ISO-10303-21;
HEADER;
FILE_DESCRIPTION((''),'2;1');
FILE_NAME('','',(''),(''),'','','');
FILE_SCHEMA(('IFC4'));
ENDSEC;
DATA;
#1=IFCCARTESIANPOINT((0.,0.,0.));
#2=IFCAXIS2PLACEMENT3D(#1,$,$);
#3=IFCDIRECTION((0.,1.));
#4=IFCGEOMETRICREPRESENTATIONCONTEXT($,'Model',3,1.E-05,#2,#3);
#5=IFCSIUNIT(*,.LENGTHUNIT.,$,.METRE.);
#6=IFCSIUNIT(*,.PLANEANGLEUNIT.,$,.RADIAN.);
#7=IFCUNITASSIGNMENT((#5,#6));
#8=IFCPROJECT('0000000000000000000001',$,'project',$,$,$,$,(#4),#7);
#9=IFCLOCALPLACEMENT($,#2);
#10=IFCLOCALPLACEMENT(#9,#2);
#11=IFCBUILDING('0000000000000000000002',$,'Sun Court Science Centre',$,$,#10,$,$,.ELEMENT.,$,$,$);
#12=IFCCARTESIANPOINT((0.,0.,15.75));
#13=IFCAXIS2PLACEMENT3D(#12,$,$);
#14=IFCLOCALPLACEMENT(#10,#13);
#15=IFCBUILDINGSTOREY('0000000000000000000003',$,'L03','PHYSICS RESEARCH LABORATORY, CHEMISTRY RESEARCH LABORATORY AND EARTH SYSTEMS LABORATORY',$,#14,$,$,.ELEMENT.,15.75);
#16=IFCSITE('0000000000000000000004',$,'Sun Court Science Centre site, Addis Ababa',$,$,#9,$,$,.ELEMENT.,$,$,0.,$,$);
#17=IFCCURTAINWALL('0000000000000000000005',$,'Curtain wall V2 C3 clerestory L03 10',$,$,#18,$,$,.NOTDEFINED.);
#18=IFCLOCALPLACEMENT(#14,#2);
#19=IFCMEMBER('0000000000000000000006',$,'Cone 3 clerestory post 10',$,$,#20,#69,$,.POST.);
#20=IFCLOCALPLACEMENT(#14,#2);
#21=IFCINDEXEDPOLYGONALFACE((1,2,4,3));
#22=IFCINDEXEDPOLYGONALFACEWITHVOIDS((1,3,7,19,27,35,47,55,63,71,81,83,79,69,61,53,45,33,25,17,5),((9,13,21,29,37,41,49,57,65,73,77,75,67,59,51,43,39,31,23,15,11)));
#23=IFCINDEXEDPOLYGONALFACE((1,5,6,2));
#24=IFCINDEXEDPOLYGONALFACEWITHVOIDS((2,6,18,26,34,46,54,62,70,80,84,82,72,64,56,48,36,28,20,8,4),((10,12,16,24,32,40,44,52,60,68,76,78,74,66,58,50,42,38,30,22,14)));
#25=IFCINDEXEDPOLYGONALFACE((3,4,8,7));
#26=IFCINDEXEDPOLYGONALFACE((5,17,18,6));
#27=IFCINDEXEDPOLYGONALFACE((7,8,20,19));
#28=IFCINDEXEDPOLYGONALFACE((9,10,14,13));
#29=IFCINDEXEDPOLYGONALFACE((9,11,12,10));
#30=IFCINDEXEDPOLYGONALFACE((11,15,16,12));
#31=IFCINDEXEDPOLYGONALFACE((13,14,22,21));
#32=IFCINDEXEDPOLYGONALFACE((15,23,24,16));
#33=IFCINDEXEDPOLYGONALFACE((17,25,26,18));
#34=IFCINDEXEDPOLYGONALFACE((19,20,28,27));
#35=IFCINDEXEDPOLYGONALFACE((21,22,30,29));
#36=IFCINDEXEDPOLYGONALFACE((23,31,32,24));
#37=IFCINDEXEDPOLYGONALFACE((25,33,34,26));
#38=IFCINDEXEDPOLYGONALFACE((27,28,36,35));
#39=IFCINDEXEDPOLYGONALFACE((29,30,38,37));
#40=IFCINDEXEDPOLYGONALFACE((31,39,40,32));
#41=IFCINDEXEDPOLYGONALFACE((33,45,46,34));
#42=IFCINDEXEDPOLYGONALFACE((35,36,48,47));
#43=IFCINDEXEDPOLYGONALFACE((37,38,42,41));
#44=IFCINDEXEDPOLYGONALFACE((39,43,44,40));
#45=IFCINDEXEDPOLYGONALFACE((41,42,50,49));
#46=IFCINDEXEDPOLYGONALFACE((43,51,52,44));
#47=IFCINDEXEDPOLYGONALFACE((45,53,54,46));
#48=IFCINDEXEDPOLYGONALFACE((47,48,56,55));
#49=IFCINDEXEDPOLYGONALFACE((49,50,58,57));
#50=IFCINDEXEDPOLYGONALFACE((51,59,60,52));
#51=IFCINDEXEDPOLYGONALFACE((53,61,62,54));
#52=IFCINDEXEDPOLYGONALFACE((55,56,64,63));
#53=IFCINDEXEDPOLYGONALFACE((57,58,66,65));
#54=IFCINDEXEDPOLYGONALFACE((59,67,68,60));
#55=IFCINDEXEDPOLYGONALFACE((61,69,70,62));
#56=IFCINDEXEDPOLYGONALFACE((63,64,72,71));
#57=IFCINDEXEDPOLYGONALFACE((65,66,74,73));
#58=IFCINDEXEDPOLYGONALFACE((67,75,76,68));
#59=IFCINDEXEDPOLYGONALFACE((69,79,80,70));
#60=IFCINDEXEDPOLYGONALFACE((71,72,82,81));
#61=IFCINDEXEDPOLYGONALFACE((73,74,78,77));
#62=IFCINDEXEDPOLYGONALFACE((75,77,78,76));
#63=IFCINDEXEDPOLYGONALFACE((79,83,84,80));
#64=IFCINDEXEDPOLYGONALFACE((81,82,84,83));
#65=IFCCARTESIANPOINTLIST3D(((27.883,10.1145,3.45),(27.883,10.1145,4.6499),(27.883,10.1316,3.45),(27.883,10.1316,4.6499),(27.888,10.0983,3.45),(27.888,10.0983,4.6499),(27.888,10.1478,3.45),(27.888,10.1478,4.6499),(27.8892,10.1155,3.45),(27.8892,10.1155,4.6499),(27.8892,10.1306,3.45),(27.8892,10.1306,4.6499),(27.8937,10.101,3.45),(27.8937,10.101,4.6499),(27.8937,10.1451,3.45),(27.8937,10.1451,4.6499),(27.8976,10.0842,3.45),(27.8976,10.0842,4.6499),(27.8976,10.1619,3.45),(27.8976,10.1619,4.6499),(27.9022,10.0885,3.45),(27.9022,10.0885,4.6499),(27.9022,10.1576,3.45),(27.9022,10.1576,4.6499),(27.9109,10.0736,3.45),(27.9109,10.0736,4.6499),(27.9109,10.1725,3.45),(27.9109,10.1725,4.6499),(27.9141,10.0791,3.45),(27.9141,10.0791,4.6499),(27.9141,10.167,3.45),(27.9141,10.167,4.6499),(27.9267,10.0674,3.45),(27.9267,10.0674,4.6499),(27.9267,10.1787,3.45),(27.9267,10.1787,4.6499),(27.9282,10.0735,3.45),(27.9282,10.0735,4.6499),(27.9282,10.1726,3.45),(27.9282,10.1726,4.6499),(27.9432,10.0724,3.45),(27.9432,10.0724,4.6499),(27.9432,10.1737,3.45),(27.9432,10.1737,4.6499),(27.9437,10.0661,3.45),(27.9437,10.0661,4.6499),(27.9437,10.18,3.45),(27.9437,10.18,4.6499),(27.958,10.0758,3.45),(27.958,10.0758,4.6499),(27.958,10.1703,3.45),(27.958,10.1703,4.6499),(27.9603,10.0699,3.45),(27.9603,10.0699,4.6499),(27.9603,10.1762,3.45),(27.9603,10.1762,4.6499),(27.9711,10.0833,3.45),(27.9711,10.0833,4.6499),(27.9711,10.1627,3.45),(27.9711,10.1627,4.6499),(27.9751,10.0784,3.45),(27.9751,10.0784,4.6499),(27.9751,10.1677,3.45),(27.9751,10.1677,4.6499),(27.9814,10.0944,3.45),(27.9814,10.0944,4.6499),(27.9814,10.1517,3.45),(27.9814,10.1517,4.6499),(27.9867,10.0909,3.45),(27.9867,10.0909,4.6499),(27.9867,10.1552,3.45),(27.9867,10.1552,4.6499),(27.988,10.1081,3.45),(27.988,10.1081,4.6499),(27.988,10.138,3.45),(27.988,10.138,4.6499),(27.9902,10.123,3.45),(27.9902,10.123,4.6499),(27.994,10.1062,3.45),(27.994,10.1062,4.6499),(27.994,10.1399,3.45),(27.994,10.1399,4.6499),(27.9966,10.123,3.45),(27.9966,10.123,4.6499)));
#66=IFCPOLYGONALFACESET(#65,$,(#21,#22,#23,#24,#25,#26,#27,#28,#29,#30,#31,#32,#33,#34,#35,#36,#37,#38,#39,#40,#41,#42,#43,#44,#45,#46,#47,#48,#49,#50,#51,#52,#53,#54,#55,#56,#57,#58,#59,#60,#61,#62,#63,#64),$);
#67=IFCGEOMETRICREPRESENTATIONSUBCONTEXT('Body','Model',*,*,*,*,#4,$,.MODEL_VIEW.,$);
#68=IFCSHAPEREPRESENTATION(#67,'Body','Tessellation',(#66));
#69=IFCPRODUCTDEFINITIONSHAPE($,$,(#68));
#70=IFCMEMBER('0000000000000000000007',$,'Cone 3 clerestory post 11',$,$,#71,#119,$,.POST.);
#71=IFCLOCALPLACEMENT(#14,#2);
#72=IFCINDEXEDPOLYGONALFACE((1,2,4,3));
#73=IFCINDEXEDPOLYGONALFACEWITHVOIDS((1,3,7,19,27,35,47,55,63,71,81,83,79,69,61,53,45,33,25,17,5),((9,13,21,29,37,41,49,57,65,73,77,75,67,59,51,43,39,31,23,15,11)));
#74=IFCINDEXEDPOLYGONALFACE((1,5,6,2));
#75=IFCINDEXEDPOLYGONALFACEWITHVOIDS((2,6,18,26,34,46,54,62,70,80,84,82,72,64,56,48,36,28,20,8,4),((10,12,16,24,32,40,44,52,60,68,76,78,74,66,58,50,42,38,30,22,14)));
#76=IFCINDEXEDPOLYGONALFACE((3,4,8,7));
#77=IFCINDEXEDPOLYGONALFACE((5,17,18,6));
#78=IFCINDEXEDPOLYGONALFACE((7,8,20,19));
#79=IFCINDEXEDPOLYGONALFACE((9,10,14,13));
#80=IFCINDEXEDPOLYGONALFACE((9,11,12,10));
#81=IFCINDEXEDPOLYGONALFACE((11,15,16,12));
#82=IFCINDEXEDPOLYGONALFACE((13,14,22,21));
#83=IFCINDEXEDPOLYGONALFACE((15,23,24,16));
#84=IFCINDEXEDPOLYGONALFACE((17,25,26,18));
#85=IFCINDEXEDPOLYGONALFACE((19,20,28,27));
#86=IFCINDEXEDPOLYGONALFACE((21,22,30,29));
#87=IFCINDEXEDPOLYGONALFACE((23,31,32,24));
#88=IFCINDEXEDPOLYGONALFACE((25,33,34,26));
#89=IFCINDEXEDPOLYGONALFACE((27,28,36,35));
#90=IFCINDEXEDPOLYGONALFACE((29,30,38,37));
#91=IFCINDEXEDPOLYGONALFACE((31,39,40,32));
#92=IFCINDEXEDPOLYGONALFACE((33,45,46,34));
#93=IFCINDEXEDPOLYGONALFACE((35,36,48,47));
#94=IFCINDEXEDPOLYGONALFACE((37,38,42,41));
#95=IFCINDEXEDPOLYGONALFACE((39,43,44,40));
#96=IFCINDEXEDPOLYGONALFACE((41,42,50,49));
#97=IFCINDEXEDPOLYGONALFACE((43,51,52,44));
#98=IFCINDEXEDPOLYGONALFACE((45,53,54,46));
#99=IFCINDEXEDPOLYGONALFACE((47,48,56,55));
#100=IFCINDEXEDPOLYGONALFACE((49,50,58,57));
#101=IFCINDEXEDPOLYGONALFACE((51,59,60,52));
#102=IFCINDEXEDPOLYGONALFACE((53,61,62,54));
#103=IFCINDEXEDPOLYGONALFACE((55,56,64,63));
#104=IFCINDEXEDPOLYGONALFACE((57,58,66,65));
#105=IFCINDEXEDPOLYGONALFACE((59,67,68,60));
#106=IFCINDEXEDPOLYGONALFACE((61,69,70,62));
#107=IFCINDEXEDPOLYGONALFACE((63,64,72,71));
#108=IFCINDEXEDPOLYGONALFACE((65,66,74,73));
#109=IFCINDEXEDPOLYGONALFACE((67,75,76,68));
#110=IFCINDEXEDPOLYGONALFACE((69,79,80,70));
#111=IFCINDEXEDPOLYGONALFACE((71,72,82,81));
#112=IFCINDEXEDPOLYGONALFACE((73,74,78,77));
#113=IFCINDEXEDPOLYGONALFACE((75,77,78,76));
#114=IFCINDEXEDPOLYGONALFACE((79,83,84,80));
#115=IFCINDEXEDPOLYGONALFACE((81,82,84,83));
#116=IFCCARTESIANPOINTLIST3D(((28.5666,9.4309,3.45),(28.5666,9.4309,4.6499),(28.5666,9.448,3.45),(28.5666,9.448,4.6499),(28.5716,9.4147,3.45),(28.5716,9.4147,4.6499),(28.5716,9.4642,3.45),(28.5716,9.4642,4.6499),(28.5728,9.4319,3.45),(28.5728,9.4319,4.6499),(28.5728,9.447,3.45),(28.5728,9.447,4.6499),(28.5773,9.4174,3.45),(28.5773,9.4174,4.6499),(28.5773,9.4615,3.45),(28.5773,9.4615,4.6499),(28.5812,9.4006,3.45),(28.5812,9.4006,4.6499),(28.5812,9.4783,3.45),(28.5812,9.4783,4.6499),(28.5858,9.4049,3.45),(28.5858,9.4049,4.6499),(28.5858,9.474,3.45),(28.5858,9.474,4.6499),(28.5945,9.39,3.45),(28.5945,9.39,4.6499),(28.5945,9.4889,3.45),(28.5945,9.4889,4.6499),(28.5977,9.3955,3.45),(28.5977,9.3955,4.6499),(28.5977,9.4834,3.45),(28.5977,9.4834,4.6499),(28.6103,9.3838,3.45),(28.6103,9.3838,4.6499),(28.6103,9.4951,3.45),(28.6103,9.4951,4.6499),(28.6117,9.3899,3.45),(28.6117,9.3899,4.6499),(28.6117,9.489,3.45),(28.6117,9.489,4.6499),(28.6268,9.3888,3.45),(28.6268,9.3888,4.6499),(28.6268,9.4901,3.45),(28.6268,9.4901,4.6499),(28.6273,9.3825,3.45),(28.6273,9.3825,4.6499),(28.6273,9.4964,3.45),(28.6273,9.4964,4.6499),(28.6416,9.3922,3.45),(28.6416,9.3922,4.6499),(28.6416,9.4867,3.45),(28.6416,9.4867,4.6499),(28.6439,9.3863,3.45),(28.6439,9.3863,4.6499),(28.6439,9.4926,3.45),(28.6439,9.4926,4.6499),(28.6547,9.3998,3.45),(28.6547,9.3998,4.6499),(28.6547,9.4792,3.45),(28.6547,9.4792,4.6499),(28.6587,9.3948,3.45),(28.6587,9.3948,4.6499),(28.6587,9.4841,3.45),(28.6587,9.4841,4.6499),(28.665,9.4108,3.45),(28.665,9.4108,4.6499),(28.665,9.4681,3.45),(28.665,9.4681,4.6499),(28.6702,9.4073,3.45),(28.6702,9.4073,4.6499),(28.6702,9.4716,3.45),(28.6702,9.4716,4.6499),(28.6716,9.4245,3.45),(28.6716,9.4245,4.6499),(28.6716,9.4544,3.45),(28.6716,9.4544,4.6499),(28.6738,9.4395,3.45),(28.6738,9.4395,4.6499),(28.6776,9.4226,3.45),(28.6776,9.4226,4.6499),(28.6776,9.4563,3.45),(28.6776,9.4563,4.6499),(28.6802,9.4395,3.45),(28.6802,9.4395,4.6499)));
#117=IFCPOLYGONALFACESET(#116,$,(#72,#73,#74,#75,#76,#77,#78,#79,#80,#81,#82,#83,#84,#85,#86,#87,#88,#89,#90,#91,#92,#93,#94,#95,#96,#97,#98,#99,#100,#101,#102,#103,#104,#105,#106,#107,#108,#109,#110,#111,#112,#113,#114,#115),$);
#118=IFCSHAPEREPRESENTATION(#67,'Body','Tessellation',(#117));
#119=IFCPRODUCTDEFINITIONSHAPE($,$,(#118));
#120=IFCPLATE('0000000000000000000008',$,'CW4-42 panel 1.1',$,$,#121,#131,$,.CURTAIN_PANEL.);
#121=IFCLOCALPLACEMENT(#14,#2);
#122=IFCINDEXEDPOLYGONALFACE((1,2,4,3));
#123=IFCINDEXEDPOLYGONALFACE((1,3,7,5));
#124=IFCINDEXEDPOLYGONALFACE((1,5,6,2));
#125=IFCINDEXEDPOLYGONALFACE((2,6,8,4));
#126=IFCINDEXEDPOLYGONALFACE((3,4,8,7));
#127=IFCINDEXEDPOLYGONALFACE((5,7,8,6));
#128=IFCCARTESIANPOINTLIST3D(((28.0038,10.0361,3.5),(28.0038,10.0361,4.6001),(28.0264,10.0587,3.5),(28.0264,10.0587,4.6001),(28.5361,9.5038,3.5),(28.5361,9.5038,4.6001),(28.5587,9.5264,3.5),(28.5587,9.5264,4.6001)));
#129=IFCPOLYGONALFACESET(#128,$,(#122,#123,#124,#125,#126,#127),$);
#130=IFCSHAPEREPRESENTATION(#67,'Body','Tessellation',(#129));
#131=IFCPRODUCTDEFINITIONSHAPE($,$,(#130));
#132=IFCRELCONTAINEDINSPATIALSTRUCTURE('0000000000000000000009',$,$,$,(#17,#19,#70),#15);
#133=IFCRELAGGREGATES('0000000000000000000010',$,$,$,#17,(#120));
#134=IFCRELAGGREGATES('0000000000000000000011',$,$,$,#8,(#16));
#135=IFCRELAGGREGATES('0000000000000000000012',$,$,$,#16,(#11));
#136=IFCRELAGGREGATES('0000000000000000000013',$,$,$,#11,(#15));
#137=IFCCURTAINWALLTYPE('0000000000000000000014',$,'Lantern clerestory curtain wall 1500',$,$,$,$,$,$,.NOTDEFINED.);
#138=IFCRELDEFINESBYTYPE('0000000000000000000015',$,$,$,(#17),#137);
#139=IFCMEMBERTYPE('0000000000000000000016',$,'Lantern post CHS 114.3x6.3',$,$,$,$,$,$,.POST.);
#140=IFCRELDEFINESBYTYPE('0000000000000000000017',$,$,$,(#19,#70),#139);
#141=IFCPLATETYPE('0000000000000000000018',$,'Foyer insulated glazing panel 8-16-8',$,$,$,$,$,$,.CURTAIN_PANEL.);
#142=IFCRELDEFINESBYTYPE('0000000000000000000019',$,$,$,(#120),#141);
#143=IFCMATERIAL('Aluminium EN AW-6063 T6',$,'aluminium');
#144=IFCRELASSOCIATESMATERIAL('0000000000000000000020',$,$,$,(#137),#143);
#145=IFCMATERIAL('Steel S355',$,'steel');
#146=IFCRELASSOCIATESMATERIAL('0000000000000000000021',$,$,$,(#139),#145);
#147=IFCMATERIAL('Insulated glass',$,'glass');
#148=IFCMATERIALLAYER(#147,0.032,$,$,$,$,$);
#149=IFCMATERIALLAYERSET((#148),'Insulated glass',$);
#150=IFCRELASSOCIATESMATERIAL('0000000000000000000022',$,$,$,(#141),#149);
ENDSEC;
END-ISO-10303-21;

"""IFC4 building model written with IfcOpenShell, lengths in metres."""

from ifc_helpers import new_model, si_unit, direction, frame, origin, origin_2d, place, context, subcontext, project, spatial, rectangle, hollow_circle, extrude, material, layer, layer_set, material_profile, profile_set, type_object, element, aggregate, save


model = new_model("IFC4")

# Units and contexts
model_context = context("Model", 3, precision=1e-05, world=origin(), true_north=direction((0.0, 1.0)))
body_context = subcontext(model_context, "Body", "Model", "MODEL_VIEW")
ifc_project = project(units=[si_unit("LENGTHUNIT", "METRE"), si_unit("PLANEANGLEUNIT", "RADIAN")], contexts=[model_context])

# Site, building, storey
site_placement = place(None, origin())
site = spatial("IfcSite", under=ifc_project, at=site_placement, Name="Sun Court Science Centre site, Addis Ababa", CompositionType="ELEMENT", RefElevation=0.0)
building_placement = place(site_placement, origin())
building = spatial("IfcBuilding", under=site, at=building_placement, Name="Sun Court Science Centre", CompositionType="ELEMENT")
storey_placement = place(building_placement, frame((0.0, 0.0, 15.75)))
storey = spatial("IfcBuildingStorey", under=building, at=storey_placement, Name="L03", Description="PHYSICS RESEARCH LABORATORY, CHEMISTRY RESEARCH LABORATORY AND EARTH SYSTEMS LABORATORY", CompositionType="ELEMENT", Elevation=15.75)

# Shared definitions
ifc_material_1 = material(Name="Aluminium EN AW-6063 T6", Category="aluminium")
curtain_wall_type = type_object("IfcCurtainWallType", Name="Lantern clerestory curtain wall 1500", PredefinedType="NOTDEFINED", material=ifc_material_1)

# Curtain wall
curtain_wall_1_placement = place(storey_placement, origin())
curtain_wall_1 = element("IfcCurtainWall", 1, at=curtain_wall_1_placement, inside=storey, type_object=curtain_wall_type, Name="Curtain wall V2 C3 clerestory L03 10", PredefinedType="NOTDEFINED")

# Members
ifc_material_2 = material(Name="Steel S355", Category="steel")
ifc_material_profile_1 = material_profile(ifc_material_2, hollow_circle(Radius=0.0571, WallThickness=0.0063, at=origin_2d()), Name="CHS 114.3x6.3")
ifc_profile_set_1 = profile_set([ifc_material_profile_1], Name="Steel S355")
member_type_1 = type_object("IfcMemberType", Name="Lantern post CHS 114.3x6.3", PredefinedType="POST", material=ifc_profile_set_1)
for number, where, z_axis, x_axis, name in (
    (2, (27.9395, 10.123, 3.45), (0.0, 0.0, 1.0), (1.0, 0.0, 0.0), "Cone 3 clerestory post 10"),
    (3, (28.623, 9.4395, 3.45), (0.0, 0.0, 1.0), (1.0, 0.0, 0.0), "Cone 3 clerestory post 11"),
):
    element("IfcMember", number, at=place(storey_placement, frame(where, z_axis=z_axis, x_axis=x_axis)), inside=storey, type_object=member_type_1, Name=name, PredefinedType="POST", context=body_context, shape_type="SweptSolid", body=[
        extrude(hollow_circle(Radius=0.0571, WallThickness=0.0063, at=origin_2d()), origin(), (0.0, 0.0, 1.0), 1.2),
    ])

# Plate
ifc_material_3 = material(Name="Insulated glass", Category="glass")
ifc_layer_1 = layer(ifc_material_3, 0.032)
ifc_layer_set_1 = layer_set([ifc_layer_1], Name="Insulated glass")
plate_type = type_object("IfcPlateType", Name="Foyer insulated glazing panel 8-16-8", PredefinedType="CURTAIN_PANEL", material=ifc_layer_set_1)
plate_placement = place(storey_placement, frame((28.2812, 9.7812, 3.5), z_axis=(0.0, 0.0, 1.0), x_axis=(-0.707107, 0.707107, 0.0)))
plate = element("IfcPlate", 4, at=plate_placement, type_object=plate_type, Name="CW4-42 panel 1.1", PredefinedType="CURTAIN_PANEL", context=body_context, shape_type="SweptSolid", body=[
    extrude(rectangle(XDim=0.7527, YDim=0.032, at=origin_2d()), origin(), (0.0, 0.0, 1.0), 1.1001),
])
aggregate(curtain_wall_1, [plate])

save(model, "model.ifc")
